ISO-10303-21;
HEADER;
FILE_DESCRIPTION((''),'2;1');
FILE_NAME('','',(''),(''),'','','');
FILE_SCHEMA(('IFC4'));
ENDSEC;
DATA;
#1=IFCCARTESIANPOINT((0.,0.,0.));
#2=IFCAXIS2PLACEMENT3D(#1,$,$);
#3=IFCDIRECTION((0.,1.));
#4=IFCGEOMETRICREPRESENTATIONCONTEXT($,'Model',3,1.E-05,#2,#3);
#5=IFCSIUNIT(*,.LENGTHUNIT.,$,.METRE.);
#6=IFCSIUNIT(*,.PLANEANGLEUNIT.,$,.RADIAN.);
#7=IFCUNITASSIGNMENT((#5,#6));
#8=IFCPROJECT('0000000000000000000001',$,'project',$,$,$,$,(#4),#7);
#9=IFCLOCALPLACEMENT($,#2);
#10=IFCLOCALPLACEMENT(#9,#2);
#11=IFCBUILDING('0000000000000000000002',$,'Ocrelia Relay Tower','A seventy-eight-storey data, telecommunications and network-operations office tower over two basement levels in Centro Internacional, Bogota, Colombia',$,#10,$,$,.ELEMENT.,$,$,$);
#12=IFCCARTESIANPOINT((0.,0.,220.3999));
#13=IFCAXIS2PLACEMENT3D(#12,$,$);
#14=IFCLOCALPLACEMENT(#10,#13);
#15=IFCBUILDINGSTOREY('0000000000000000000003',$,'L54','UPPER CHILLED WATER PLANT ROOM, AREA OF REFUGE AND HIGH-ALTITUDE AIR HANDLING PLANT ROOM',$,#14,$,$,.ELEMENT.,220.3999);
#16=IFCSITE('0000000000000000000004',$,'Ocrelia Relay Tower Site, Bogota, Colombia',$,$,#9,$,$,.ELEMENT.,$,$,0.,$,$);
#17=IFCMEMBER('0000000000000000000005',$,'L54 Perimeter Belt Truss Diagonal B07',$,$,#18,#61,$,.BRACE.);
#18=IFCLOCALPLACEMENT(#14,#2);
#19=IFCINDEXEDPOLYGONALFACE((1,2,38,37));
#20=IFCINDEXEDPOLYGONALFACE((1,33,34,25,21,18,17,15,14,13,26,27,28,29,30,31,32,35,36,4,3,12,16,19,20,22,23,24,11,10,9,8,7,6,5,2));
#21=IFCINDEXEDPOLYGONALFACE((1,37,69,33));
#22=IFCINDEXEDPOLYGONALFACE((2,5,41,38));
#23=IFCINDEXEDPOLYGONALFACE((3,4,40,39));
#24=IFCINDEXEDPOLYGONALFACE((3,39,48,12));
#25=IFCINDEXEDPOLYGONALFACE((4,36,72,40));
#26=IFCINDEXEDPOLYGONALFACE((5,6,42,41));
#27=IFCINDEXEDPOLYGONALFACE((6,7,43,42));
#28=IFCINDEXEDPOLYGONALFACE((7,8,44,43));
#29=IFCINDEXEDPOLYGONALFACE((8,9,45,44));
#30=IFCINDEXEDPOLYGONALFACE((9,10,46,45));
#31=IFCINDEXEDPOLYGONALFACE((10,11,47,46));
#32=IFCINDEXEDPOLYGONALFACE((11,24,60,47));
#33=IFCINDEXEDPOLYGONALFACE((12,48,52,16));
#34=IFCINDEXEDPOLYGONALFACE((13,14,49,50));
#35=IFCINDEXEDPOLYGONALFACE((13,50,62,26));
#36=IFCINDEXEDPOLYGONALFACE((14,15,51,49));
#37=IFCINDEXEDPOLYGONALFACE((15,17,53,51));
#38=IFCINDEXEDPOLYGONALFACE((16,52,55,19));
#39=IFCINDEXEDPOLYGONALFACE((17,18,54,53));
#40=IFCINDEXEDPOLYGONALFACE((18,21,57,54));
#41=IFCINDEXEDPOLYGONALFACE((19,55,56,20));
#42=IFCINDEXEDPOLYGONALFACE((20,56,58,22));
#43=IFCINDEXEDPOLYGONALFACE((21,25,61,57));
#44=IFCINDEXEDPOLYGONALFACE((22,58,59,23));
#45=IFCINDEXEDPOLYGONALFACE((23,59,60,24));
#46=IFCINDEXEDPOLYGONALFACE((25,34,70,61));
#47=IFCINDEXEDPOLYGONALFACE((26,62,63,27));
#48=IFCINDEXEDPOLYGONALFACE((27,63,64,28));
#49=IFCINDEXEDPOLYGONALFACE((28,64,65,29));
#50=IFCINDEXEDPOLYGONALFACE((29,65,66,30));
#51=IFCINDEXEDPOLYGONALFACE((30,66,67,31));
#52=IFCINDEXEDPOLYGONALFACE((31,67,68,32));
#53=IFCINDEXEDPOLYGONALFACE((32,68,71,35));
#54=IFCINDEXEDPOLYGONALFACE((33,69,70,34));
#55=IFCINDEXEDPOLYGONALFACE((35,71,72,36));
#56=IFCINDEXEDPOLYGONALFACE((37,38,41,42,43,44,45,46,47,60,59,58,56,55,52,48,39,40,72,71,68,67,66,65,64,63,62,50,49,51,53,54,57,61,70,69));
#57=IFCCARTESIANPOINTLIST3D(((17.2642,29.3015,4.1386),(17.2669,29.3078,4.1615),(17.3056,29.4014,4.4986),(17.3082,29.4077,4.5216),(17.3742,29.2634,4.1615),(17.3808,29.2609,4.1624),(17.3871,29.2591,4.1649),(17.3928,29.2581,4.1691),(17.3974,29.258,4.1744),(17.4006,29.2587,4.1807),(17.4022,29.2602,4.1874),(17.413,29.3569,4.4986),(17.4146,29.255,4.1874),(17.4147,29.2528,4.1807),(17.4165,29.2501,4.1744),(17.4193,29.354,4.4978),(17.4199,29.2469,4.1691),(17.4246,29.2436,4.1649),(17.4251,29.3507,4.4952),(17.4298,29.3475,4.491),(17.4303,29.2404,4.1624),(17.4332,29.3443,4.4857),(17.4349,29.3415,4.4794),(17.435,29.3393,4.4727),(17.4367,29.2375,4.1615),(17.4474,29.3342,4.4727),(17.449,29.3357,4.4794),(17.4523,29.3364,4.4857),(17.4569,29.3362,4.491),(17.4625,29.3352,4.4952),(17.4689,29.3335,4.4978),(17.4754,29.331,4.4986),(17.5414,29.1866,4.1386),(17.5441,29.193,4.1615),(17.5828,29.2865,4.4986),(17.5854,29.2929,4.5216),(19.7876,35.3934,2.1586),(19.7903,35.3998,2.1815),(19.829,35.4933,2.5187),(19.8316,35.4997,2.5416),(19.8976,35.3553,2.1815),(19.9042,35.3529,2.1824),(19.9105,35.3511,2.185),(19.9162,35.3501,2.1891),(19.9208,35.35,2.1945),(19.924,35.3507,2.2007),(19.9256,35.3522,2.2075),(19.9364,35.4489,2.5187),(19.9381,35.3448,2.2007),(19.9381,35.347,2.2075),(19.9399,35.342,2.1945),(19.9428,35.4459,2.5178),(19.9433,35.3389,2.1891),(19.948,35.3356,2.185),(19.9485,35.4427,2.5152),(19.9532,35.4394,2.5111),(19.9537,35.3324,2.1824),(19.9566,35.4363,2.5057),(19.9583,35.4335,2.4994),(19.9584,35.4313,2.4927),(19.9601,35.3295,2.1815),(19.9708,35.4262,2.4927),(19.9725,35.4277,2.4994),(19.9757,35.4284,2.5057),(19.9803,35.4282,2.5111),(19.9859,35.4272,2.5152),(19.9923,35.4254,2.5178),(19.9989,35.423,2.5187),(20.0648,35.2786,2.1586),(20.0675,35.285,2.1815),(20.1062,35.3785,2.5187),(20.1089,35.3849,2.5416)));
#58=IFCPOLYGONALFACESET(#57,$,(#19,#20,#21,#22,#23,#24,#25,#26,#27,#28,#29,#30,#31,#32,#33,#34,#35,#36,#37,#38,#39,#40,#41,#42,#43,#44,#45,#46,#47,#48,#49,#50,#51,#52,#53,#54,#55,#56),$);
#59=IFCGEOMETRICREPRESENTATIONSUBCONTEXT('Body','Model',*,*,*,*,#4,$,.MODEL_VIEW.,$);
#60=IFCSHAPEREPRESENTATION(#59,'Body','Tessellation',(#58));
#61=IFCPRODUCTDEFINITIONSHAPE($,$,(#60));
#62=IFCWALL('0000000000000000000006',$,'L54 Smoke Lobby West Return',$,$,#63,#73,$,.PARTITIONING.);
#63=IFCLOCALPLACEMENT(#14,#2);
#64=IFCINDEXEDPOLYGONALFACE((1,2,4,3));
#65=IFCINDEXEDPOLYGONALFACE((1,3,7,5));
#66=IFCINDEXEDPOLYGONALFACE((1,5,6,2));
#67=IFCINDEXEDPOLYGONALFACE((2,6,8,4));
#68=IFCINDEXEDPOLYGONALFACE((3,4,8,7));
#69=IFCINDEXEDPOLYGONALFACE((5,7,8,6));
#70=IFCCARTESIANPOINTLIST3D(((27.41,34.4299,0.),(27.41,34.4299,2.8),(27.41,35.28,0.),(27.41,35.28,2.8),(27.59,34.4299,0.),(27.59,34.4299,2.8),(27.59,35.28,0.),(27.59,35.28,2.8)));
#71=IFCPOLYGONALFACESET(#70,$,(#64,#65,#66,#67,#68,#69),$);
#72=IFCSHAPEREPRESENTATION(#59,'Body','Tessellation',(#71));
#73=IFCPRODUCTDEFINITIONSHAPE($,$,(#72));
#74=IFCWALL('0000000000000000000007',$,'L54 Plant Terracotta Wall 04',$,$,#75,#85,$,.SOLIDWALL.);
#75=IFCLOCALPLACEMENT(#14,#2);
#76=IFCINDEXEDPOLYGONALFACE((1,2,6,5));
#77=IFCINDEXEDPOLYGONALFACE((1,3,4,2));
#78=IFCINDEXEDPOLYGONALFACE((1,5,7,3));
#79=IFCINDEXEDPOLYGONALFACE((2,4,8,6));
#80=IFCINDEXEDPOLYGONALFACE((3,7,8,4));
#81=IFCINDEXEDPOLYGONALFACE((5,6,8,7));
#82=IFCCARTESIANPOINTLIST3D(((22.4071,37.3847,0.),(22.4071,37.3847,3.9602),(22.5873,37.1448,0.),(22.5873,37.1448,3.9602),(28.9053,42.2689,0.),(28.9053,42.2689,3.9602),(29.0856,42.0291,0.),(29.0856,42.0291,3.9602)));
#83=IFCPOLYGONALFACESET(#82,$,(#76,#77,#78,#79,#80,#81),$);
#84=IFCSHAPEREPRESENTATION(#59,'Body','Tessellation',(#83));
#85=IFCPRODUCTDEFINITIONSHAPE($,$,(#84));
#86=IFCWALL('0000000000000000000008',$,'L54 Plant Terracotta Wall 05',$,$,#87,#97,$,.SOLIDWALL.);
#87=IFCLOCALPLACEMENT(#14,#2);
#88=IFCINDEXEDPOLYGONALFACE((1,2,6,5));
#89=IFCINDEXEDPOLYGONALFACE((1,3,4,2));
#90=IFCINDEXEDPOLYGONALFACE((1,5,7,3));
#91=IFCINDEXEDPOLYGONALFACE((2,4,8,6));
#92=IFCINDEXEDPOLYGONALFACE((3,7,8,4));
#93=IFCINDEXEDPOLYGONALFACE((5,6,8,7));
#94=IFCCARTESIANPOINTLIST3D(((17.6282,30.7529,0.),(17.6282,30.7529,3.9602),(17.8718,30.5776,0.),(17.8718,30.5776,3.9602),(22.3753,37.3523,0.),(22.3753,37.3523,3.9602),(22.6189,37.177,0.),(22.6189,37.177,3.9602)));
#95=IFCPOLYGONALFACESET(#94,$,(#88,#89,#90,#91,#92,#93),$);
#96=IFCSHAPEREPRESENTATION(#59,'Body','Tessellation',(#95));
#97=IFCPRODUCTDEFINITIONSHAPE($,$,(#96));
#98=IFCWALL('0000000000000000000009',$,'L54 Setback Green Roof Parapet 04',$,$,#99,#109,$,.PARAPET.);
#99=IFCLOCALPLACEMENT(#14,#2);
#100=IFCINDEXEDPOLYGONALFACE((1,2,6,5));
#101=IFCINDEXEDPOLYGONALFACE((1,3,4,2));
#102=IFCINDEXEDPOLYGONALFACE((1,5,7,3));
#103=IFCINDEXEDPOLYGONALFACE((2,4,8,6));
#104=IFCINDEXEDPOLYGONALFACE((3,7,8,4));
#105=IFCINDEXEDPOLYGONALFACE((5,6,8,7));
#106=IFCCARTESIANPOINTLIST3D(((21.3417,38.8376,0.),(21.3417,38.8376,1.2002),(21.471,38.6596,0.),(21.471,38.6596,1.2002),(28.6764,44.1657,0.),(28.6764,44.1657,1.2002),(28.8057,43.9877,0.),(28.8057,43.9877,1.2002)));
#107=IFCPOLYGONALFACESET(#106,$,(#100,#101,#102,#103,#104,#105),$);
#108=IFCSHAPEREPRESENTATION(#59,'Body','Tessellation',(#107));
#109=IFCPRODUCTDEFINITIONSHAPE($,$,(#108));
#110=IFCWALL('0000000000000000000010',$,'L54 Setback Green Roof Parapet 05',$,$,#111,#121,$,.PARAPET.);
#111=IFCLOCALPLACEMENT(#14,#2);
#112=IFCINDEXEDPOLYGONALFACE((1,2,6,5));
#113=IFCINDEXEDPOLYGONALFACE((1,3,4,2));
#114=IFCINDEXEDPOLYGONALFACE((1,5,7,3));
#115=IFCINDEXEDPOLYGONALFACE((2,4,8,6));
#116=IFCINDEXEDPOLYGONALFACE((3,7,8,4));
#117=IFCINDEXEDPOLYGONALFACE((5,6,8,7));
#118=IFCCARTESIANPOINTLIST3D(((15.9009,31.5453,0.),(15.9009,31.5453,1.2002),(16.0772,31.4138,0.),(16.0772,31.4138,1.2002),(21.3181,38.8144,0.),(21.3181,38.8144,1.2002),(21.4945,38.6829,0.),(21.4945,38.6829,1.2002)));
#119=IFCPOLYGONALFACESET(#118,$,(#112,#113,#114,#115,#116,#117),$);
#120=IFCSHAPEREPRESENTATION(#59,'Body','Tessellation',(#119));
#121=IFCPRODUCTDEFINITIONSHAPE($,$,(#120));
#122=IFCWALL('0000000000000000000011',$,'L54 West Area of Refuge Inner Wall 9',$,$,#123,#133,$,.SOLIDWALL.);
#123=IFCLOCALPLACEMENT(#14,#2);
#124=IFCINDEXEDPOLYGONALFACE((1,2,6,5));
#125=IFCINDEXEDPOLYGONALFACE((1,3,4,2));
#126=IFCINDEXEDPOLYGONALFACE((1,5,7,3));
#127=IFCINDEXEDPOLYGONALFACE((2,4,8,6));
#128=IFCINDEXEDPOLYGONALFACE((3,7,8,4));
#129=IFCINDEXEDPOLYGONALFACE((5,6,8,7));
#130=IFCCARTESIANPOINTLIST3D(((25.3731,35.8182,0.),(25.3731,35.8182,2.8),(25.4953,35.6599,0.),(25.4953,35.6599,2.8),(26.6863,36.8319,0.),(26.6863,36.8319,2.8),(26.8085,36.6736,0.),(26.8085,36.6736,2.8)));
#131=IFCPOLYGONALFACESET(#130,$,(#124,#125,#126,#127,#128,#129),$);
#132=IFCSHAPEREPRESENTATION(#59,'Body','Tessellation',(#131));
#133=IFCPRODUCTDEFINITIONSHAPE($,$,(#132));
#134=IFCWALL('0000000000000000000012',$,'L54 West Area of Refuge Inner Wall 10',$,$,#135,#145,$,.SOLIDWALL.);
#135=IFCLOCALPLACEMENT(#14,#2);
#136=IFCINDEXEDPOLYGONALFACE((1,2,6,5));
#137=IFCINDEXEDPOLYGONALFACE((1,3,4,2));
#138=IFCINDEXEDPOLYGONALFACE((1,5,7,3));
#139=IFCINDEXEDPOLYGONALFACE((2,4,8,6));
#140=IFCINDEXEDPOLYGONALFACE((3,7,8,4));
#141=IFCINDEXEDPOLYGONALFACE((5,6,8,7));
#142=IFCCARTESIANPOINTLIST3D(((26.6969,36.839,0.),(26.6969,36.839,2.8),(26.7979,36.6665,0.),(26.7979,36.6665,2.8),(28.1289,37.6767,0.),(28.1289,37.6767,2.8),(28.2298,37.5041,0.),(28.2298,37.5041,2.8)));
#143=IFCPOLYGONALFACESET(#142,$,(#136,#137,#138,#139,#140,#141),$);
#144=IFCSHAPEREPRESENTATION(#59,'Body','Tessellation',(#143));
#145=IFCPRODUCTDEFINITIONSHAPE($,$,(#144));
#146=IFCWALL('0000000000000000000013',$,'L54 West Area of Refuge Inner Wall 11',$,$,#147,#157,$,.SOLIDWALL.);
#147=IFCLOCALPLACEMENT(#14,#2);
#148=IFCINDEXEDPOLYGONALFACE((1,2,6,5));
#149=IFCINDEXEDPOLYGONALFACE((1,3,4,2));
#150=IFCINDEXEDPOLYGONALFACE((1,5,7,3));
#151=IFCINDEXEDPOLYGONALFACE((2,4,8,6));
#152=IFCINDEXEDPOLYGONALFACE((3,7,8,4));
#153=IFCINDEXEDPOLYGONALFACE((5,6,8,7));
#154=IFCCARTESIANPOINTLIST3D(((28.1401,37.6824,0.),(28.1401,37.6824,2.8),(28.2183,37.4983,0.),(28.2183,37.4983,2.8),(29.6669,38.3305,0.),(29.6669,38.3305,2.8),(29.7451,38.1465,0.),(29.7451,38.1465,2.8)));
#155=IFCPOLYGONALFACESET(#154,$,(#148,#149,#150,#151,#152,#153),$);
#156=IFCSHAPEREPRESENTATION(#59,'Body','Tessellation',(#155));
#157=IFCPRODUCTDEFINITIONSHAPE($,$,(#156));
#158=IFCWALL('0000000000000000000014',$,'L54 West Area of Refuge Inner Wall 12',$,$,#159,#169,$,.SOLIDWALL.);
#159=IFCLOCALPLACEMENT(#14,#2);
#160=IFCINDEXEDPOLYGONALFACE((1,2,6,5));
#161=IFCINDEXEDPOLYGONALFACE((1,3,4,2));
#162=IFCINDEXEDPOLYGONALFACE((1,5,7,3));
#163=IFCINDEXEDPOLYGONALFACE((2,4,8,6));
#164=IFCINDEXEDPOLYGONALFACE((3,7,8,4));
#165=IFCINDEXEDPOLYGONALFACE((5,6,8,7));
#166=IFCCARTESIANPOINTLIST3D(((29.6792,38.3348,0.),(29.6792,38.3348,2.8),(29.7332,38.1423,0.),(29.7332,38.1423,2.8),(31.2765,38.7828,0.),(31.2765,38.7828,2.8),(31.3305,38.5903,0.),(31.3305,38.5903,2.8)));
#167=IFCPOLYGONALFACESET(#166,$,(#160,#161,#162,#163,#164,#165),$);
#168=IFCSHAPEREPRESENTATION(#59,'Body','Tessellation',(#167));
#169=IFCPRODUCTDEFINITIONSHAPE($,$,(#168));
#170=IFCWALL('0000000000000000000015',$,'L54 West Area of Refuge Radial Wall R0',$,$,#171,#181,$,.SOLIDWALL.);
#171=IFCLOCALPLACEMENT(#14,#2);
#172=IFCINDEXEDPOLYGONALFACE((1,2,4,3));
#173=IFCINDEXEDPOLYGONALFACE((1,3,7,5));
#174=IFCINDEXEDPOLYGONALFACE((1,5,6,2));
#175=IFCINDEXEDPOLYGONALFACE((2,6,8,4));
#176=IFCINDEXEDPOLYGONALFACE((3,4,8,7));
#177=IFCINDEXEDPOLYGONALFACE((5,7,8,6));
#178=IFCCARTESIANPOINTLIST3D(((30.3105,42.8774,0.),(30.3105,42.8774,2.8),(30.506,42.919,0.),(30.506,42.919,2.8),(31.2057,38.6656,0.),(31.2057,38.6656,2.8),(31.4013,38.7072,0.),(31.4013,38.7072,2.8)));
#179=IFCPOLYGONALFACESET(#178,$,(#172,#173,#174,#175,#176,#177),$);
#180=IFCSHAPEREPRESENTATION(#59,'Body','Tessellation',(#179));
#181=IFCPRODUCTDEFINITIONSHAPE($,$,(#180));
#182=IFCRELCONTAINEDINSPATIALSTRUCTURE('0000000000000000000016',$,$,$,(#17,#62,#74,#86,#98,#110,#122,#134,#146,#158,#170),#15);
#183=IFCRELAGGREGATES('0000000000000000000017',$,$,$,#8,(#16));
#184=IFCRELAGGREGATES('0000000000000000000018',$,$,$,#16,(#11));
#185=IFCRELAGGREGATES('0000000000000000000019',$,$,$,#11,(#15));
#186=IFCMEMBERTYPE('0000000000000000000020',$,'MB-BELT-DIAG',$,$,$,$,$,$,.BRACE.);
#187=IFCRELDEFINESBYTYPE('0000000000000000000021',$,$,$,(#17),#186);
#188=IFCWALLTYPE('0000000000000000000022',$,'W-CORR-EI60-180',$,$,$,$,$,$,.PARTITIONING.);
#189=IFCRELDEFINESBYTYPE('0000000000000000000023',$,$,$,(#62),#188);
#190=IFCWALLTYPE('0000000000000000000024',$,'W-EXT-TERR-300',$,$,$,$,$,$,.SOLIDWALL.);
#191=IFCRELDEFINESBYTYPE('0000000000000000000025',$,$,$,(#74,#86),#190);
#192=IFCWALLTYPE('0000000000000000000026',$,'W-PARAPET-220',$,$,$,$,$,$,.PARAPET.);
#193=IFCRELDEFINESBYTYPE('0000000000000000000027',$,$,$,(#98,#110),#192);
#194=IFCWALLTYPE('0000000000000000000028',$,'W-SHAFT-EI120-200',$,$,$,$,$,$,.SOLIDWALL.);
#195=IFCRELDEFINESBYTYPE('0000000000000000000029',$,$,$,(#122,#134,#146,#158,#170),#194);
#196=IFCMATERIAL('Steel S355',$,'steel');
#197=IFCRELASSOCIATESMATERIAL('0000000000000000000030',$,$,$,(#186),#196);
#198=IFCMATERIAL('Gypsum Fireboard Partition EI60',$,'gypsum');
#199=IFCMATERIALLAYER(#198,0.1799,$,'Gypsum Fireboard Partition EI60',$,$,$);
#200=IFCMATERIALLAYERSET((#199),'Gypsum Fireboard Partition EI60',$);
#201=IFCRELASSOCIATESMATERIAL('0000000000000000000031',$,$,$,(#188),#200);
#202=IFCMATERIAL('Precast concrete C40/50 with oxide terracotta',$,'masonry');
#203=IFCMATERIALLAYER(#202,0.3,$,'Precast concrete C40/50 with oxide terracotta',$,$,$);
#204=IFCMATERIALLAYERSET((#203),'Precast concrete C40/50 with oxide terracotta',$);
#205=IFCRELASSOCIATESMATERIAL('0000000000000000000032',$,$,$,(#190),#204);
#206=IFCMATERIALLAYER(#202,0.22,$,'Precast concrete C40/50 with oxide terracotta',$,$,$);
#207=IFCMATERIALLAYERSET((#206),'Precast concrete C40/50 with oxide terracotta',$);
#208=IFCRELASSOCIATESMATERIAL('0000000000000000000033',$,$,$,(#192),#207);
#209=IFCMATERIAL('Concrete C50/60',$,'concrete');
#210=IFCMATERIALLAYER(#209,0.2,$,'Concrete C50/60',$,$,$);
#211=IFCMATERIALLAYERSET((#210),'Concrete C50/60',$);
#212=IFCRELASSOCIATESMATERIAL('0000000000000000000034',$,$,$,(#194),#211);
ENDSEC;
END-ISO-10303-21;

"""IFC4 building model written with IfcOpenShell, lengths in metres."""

from ifc_helpers import new_model, si_unit, direction, frame, frame_2d, origin, origin_2d, place, context, subcontext, project, spatial, rectangle, i_section, extrude, material, layer, layer_set, material_profile, profile_set, type_object, element, save


model = new_model("IFC4")

# Units and contexts
model_context = context("Model", 3, precision=1e-05, world=origin(), true_north=direction((0.0, 1.0)))
body_context = subcontext(model_context, "Body", "Model", "MODEL_VIEW")
ifc_project = project(units=[si_unit("LENGTHUNIT", "METRE"), si_unit("PLANEANGLEUNIT", "RADIAN")], contexts=[model_context])

# Site, building, storey
site_placement = place(None, origin())
site = spatial("IfcSite", under=ifc_project, at=site_placement, Name="Ocrelia Relay Tower Site, Bogota, Colombia", CompositionType="ELEMENT", RefElevation=0.0)
building_placement = place(site_placement, origin())
building = spatial("IfcBuilding", under=site, at=building_placement, Name="Ocrelia Relay Tower", Description="A seventy-eight-storey data, telecommunications and network-operations office tower over two basement levels in Centro Internacional, Bogota, Colombia", CompositionType="ELEMENT")
storey_placement = place(building_placement, frame((0.0, 0.0, 220.3999)))
storey = spatial("IfcBuildingStorey", under=building, at=storey_placement, Name="L54", Description="UPPER CHILLED WATER PLANT ROOM, AREA OF REFUGE AND HIGH-ALTITUDE AIR HANDLING PLANT ROOM", CompositionType="ELEMENT", Elevation=220.3999)

# Shared definitions
ifc_material_1 = material(Name="Steel S355", Category="steel")

# Member
ifc_material_profile_1 = material_profile(ifc_material_1, i_section(OverallWidth=0.3, OverallDepth=0.3999, WebThickness=0.0134, FlangeThickness=0.0239, FilletRadius=0.0271, at=origin_2d()), Name="HEB 400")
ifc_profile_set_1 = profile_set([ifc_material_profile_1], Name="Steel S355")
member_type = type_object("IfcMemberType", Name="MB-BELT-DIAG", PredefinedType="BRACE", material=ifc_profile_set_1)
member_placement = place(storey_placement, frame((19.9482, 35.3892, 2.3501), z_axis=(-0.366521, -0.884849, 0.287586), x_axis=(0.923878, -0.382688, 0.0)))
element("IfcMember", 1, at=member_placement, inside=storey, type_object=member_type, Name="L54 Perimeter Belt Truss Diagonal B07", PredefinedType="BRACE", context=body_context, shape_type="SweptSolid", body=[
    extrude(i_section(OverallWidth=0.3, OverallDepth=0.3999, WebThickness=0.0134, FlangeThickness=0.0239, FilletRadius=0.0271, at=origin_2d()), origin(), (0.0, 0.0, 1.0), 6.8848),
])

# Wall
ifc_material_2 = material(Name="Gypsum Fireboard Partition EI60", Category="gypsum")
ifc_layer_1 = layer(ifc_material_2, 0.1799, Name="Gypsum Fireboard Partition EI60")
ifc_layer_set_1 = layer_set([ifc_layer_1], Name="Gypsum Fireboard Partition EI60")
wall_type_1 = type_object("IfcWallType", Name="W-CORR-EI60-180", PredefinedType="PARTITIONING", material=ifc_layer_set_1)
wall_1_placement = place(storey_placement, frame((27.5, 34.4299, 0.0), z_axis=(0.0, 0.0, 1.0), x_axis=(0.0, 1.0, 0.0)))
element("IfcWall", 2, at=wall_1_placement, inside=storey, type_object=wall_type_1, Name="L54 Smoke Lobby West Return", PredefinedType="PARTITIONING", context=body_context, shape_type="SweptSolid", body=[
    extrude(rectangle(XDim=0.8501, YDim=0.1799, at=frame_2d((0.425, 0.0))), origin(), (0.0, 0.0, 1.0), 2.8),
])

# Walls
ifc_material_3 = material(Name="Precast concrete C40/50 with oxide terracotta", Category="masonry")
ifc_layer_2 = layer(ifc_material_3, 0.3, Name="Precast concrete C40/50 with oxide terracotta")
ifc_layer_set_2 = layer_set([ifc_layer_2], Name="Precast concrete C40/50 with oxide terracotta")
wall_type_2 = type_object("IfcWallType", Name="W-EXT-TERR-300", PredefinedType="SOLIDWALL", material=ifc_layer_set_2)
wall_2_placement = place(storey_placement, frame((28.9954, 42.1489, 0.0), z_axis=(0.0, 0.0, 1.0), x_axis=(-0.799376, -0.600831, 0.0)))
element("IfcWall", 3, at=wall_2_placement, inside=storey, type_object=wall_type_2, Name="L54 Plant Terracotta Wall 04", PredefinedType="SOLIDWALL", context=body_context, shape_type="SweptSolid", body=[
    extrude(rectangle(XDim=8.1292, YDim=0.3, at=frame_2d((4.0645, 0.0))), origin(), (0.0, 0.0, 1.0), 3.9602),
])
wall_3_placement = place(storey_placement, frame((22.4971, 37.2646, 0.0), z_axis=(0.0, 0.0, 1.0), x_axis=(-0.583942, -0.811795, 0.0)))
element("IfcWall", 4, at=wall_3_placement, inside=storey, type_object=wall_type_2, Name="L54 Plant Terracotta Wall 05", PredefinedType="SOLIDWALL", context=body_context, shape_type="SweptSolid", body=[
    extrude(rectangle(XDim=8.1294, YDim=0.3, at=frame_2d((4.0647, 0.0))), origin(), (0.0, 0.0, 1.0), 3.9602),
])

# Shared definitions
ifc_material_4 = material(Name="Concrete C50/60", Category="concrete")

# Walls
ifc_layer_3 = layer(ifc_material_3, 0.22, Name="Precast concrete C40/50 with oxide terracotta")
ifc_layer_set_3 = layer_set([ifc_layer_3], Name="Precast concrete C40/50 with oxide terracotta")
wall_type_3 = type_object("IfcWallType", Name="W-PARAPET-220", PredefinedType="PARAPET", material=ifc_layer_set_3)
for number, where, z_axis, x_axis, name in (
    (5, (28.741, 44.0767, 0.0), (0.0, 0.0, 1.0), (-0.809062, -0.587723, 0.0), "L54 Setback Green Roof Parapet 04"),
    (6, (21.4062, 38.7485, 0.0), (0.0, 0.0, 1.0), (-0.597558, -0.801825, 0.0), "L54 Setback Green Roof Parapet 05"),
):
    element("IfcWall", number, at=place(storey_placement, frame(where, z_axis=z_axis, x_axis=x_axis)), inside=storey, type_object=wall_type_3, Name=name, PredefinedType="PARAPET", context=body_context, shape_type="SweptSolid", body=[
        extrude(rectangle(XDim=9.0657, YDim=0.22, at=frame_2d((4.5327, 0.0))), origin(), (0.0, 0.0, 1.0), 1.2002),
    ])

# Shared definitions
ifc_layer_4 = layer(ifc_material_4, 0.2, Name="Concrete C50/60")
ifc_layer_set_4 = layer_set([ifc_layer_4], Name="Concrete C50/60")
wall_type_4 = type_object("IfcWallType", Name="W-SHAFT-EI120-200", PredefinedType="SOLIDWALL", material=ifc_layer_set_4)

# Walls
for number, where, z_axis, x_axis, name in (
    (7, (25.4341, 35.739, 0.0), (0.0, 0.0, 1.0), (0.791605, 0.611033, 0.0), "L54 West Area of Refuge Inner Wall 9"),
    (8, (26.7473, 36.7527, 0.0), (0.0, 0.0, 1.0), (0.863154, 0.504941, 0.0), "L54 West Area of Refuge Inner Wall 10"),
):
    element("IfcWall", number, at=place(storey_placement, frame(where, z_axis=z_axis, x_axis=x_axis)), inside=storey, type_object=wall_type_4, Name=name, PredefinedType="SOLIDWALL", context=body_context, shape_type="SweptSolid", body=[
        extrude(rectangle(XDim=1.6589, YDim=0.2, at=frame_2d((0.8296, 0.0))), origin(), (0.0, 0.0, 1.0), 2.8),
    ])
wall_4_placement = place(storey_placement, frame((28.1792, 37.5903, 0.0), z_axis=(0.0, 0.0, 1.0), x_axis=(0.920487, 0.390773, 0.0)))
element("IfcWall", 9, at=wall_4_placement, inside=storey, type_object=wall_type_4, Name="L54 West Area of Refuge Inner Wall 11", PredefinedType="SOLIDWALL", context=body_context, shape_type="SweptSolid", body=[
    extrude(rectangle(XDim=1.6587, YDim=0.2, at=frame_2d((0.8293, 0.0))), origin(), (0.0, 0.0, 1.0), 2.8),
])
wall_5_placement = place(storey_placement, frame((29.7061, 38.2385, 0.0), z_axis=(0.0, 0.0, 1.0), x_axis=(0.962851, 0.270034, 0.0)))
element("IfcWall", 10, at=wall_5_placement, inside=storey, type_object=wall_type_4, Name="L54 West Area of Refuge Inner Wall 12", PredefinedType="SOLIDWALL", context=body_context, shape_type="SweptSolid", body=[
    extrude(rectangle(XDim=1.6589, YDim=0.2, at=frame_2d((0.8296, 0.0))), origin(), (0.0, 0.0, 1.0), 2.8),
])
wall_6_placement = place(storey_placement, frame((31.3035, 38.6865, 0.0), z_axis=(0.0, 0.0, 1.0), x_axis=(-0.20791, 0.978148, 0.0)))
element("IfcWall", 11, at=wall_6_placement, inside=storey, type_object=wall_type_4, Name="L54 West Area of Refuge Radial Wall R0", PredefinedType="SOLIDWALL", context=body_context, shape_type="SweptSolid", body=[
    extrude(rectangle(XDim=4.3059, YDim=0.2, at=frame_2d((2.1528, 0.0))), origin(), (0.0, 0.0, 1.0), 2.8),
])

save(model, "model.ifc")
